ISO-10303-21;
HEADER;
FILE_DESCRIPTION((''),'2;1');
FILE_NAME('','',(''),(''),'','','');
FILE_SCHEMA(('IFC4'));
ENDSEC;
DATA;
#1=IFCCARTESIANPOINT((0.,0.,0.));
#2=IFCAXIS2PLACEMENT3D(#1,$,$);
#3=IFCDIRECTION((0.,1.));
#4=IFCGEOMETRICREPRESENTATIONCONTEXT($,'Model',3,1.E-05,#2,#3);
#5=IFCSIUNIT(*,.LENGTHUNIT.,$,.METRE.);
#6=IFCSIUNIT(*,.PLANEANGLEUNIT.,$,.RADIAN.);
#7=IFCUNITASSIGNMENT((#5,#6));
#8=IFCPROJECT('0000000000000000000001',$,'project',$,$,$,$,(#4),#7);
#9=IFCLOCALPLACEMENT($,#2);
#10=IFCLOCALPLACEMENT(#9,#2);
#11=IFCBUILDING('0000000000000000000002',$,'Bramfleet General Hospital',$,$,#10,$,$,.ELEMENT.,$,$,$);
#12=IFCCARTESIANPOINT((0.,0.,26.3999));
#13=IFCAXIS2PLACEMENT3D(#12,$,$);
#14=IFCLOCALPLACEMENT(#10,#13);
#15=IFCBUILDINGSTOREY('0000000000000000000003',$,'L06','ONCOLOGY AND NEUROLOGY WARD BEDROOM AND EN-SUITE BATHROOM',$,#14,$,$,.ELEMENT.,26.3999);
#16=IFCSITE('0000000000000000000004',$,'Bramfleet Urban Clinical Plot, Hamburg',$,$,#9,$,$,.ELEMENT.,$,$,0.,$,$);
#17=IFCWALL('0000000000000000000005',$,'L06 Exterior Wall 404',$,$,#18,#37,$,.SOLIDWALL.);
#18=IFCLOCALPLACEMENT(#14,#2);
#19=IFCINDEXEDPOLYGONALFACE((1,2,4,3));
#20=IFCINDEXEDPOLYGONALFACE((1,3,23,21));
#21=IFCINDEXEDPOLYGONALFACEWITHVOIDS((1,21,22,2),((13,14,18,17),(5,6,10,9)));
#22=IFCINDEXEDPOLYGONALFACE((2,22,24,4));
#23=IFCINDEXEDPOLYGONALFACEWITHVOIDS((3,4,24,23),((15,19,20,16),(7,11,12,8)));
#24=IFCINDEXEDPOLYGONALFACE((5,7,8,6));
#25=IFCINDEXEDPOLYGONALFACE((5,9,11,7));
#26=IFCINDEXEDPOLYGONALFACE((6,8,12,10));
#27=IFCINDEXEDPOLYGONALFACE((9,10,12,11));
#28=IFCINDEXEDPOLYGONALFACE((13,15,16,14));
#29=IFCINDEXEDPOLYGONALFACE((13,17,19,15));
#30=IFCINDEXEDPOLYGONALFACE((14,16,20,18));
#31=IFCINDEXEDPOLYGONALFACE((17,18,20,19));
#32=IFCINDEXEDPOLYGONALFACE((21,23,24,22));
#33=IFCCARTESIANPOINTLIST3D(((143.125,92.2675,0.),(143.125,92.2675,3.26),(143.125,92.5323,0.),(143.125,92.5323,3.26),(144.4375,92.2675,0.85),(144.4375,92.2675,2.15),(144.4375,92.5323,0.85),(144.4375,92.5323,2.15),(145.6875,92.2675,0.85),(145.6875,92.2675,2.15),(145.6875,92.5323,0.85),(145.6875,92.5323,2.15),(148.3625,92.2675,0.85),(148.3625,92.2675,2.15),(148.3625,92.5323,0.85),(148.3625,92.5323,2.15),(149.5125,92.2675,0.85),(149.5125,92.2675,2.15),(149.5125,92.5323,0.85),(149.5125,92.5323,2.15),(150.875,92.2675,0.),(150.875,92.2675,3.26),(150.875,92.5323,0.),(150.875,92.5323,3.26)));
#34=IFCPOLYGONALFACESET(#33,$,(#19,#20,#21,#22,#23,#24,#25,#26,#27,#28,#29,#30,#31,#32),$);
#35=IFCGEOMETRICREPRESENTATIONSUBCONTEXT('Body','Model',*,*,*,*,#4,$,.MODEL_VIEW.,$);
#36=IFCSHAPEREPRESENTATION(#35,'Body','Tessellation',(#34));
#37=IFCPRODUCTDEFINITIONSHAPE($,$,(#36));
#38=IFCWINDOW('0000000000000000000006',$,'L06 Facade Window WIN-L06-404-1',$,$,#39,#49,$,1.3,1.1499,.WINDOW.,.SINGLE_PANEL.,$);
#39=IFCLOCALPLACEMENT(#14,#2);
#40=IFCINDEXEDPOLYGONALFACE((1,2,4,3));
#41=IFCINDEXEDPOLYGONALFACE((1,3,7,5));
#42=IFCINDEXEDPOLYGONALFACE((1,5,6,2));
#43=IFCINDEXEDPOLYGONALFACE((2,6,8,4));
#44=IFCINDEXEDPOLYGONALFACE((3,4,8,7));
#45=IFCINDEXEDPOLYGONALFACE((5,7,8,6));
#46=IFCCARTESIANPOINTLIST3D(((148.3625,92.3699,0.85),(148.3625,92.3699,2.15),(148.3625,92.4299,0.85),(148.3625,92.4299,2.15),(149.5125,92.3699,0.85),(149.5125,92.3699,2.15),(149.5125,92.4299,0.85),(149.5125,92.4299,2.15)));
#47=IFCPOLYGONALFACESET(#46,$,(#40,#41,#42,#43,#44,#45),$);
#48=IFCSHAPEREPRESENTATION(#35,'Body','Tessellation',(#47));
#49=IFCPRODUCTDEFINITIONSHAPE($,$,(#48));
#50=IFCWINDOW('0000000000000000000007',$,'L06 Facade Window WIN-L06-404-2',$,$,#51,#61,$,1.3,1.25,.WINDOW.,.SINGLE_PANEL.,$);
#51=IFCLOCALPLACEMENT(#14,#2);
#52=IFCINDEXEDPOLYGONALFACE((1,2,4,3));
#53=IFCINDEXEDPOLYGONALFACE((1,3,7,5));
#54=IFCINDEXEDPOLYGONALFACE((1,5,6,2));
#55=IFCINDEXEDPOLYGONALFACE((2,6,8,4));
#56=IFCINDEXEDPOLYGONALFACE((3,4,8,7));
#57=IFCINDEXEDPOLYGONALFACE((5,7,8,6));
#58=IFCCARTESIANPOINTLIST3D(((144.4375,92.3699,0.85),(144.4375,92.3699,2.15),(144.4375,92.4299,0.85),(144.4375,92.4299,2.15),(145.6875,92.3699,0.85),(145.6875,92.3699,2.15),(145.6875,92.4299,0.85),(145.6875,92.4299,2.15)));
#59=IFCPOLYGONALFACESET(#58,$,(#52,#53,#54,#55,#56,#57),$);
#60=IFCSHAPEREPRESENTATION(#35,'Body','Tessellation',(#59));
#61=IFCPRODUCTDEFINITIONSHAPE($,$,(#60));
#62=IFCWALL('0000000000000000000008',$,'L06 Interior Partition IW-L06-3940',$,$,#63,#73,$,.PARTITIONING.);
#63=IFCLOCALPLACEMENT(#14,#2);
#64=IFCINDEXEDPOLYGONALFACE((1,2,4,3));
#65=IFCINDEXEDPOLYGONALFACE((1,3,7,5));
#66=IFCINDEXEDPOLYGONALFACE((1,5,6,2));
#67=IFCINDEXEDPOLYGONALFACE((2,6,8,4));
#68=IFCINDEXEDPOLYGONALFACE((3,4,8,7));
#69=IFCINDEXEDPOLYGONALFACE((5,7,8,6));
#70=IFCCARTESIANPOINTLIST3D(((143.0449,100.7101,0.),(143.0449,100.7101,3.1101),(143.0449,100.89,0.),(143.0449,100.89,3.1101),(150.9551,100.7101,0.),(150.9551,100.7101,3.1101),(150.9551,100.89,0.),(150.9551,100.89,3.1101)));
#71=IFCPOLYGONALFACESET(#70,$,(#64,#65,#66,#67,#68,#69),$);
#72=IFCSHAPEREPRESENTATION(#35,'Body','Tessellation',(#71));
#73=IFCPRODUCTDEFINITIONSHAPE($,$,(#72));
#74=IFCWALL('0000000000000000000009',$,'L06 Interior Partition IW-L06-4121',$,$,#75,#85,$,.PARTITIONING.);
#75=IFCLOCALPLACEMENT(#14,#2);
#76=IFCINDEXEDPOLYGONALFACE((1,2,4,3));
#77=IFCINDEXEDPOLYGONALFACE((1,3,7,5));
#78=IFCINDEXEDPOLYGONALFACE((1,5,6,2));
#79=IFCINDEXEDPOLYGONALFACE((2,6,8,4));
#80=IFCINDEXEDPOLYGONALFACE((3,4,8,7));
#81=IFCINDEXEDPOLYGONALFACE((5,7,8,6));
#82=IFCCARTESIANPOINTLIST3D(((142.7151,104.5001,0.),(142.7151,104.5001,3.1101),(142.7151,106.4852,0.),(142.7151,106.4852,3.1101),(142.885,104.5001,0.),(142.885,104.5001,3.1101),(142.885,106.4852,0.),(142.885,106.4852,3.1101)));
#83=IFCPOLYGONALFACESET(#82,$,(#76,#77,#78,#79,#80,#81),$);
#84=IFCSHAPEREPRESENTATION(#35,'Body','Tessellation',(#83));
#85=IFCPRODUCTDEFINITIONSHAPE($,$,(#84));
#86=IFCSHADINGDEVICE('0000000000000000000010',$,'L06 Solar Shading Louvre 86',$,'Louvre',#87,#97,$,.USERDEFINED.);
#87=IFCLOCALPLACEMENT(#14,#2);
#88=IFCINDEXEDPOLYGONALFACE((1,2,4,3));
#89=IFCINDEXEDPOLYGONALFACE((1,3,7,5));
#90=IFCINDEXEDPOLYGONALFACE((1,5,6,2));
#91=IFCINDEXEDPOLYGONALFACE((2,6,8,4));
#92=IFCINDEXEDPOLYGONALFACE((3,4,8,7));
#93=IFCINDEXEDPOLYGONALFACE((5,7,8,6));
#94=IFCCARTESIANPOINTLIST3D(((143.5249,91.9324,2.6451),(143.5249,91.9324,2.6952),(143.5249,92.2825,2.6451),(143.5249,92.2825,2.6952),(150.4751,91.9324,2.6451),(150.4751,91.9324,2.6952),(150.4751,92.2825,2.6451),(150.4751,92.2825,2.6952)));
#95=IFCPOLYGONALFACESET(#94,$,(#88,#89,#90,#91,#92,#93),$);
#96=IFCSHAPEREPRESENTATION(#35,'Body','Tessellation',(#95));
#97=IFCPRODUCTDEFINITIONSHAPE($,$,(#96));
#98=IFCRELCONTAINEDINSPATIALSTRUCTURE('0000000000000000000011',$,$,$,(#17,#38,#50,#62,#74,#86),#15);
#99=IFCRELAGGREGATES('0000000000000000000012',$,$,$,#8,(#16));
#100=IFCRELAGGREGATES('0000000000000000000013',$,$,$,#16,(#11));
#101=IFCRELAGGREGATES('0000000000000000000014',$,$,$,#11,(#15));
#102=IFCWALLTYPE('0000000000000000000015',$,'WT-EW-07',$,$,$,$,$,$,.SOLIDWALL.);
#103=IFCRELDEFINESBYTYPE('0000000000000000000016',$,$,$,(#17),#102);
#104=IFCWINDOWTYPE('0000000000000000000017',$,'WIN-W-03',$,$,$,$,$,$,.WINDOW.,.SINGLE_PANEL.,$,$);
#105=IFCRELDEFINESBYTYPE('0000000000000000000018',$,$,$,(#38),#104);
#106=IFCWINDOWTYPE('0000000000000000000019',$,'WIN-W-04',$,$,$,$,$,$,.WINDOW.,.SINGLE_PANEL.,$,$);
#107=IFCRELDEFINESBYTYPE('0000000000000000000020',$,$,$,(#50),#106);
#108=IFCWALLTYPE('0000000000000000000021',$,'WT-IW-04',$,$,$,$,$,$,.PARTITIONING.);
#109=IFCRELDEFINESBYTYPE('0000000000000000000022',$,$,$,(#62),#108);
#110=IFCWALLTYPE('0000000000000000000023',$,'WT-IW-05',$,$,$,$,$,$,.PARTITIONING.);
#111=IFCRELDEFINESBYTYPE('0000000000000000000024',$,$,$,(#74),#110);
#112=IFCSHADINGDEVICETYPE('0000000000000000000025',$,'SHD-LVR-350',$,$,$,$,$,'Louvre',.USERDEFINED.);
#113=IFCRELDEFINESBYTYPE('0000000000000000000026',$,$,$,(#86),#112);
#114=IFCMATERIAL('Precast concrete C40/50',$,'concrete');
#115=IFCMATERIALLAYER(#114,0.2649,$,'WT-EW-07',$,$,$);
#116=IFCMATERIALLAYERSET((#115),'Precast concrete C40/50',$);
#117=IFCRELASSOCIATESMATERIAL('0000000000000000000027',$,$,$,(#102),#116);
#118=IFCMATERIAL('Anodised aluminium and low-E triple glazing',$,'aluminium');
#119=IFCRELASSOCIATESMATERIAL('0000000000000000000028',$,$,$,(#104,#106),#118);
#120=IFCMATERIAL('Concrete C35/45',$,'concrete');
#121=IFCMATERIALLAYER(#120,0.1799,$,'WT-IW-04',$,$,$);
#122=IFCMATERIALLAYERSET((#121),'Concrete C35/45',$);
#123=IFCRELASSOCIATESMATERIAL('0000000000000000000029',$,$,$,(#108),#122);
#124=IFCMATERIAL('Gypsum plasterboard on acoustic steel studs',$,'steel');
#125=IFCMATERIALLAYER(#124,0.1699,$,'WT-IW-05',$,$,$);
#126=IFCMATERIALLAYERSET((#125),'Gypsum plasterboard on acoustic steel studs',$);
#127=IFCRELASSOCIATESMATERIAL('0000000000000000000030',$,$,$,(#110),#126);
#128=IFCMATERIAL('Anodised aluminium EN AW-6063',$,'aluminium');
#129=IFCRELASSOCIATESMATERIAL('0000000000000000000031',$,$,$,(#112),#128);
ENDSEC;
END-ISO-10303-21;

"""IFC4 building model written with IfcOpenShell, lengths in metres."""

from ifc_helpers import new_model, si_unit, direction, frame, frame_2d, origin, origin_2d, place, context, subcontext, project, spatial, rectangle, extrude, material, layer, layer_set, material_profile, profile_set, type_object, element, fill, save


model = new_model("IFC4")

# Units and contexts
model_context = context("Model", 3, precision=1e-05, world=origin(), true_north=direction((0.0, 1.0)))
body_context = subcontext(model_context, "Body", "Model", "MODEL_VIEW")
ifc_project = project(units=[si_unit("LENGTHUNIT", "METRE"), si_unit("PLANEANGLEUNIT", "RADIAN")], contexts=[model_context])

# Site, building, storey
site_placement = place(None, origin())
site = spatial("IfcSite", under=ifc_project, at=site_placement, Name="Bramfleet Urban Clinical Plot, Hamburg", CompositionType="ELEMENT", RefElevation=0.0)
building_placement = place(site_placement, origin())
building = spatial("IfcBuilding", under=site, at=building_placement, Name="Bramfleet General Hospital", CompositionType="ELEMENT")
storey_placement = place(building_placement, frame((0.0, 0.0, 26.3999)))
storey = spatial("IfcBuildingStorey", under=building, at=storey_placement, Name="L06", Description="ONCOLOGY AND NEUROLOGY WARD BEDROOM AND EN-SUITE BATHROOM", CompositionType="ELEMENT", Elevation=26.3999)

# Shared definitions
ifc_material_1 = material(Name="Anodised aluminium and low-E triple glazing", Category="aluminium")

# Wall, openings, windows
ifc_material_2 = material(Name="Precast concrete C40/50", Category="concrete")
ifc_layer_1 = layer(ifc_material_2, 0.2649, Name="WT-EW-07")
ifc_layer_set_1 = layer_set([ifc_layer_1], Name="Precast concrete C40/50")
wall_type_1 = type_object("IfcWallType", Name="WT-EW-07", PredefinedType="SOLIDWALL", material=ifc_layer_set_1)
wall_1_placement = place(storey_placement, frame((150.875, 92.3999, 0.0), z_axis=(0.0, 0.0, 1.0), x_axis=(-1.0, 0.0, 0.0)))
wall_1 = element("IfcWall", 1, at=wall_1_placement, inside=storey, type_object=wall_type_1, Name="L06 Exterior Wall 404", PredefinedType="SOLIDWALL", context=body_context, shape_type="SweptSolid", body=[
    extrude(rectangle(XDim=7.75, YDim=0.2649, at=frame_2d((3.875, 0.0))), origin(), (0.0, 0.0, 1.0), 3.26),
])
opening_1_placement = place(wall_1_placement, frame((1.3625, 0.0, 0.8501)))
opening_1 = element("IfcOpeningElement", 2, at=opening_1_placement, cuts=wall_1, PredefinedType="OPENING", context=body_context, shape_type="SweptSolid", body=[
    extrude(rectangle(XDim=1.1499, YDim=1.3, at=frame_2d((0.575, 0.6499))), frame((0.0, 0.1423, 0.0), z_axis=(0.0, -1.0, 0.0), x_axis=(1.0, 0.0, 0.0)), (0.0, 0.0, 1.0), 0.2849),
])
opening_2_placement = place(wall_1_placement, frame((5.1875, 0.0, 0.8501)))
opening_2 = element("IfcOpeningElement", 3, at=opening_2_placement, cuts=wall_1, PredefinedType="OPENING", context=body_context, shape_type="SweptSolid", body=[
    extrude(rectangle(XDim=1.25, YDim=1.3, at=frame_2d((0.625, 0.6499))), frame((0.0, 0.1423, 0.0), z_axis=(0.0, -1.0, 0.0), x_axis=(1.0, 0.0, 0.0)), (0.0, 0.0, 1.0), 0.2849),
])
window_type_1 = type_object("IfcWindowType", Name="WIN-W-03", PartitioningType="SINGLE_PANEL", PredefinedType="WINDOW", material=ifc_material_1)
window_1_placement = place(opening_1_placement, origin())
window_1 = element("IfcWindow", 4, at=window_1_placement, inside=storey, type_object=window_type_1, Name="L06 Facade Window WIN-L06-404-1", OverallHeight=1.3, OverallWidth=1.1499, PartitioningType="SINGLE_PANEL", PredefinedType="WINDOW", context=body_context, shape_type="SweptSolid", body=[
    extrude(rectangle(XDim=1.1499, YDim=1.3, at=frame_2d((0.575, 0.6499))), frame((0.0, 0.03, 0.0), z_axis=(0.0, -1.0, 0.0), x_axis=(1.0, 0.0, 0.0)), (0.0, 0.0, 1.0), 0.0601),
])
fill(opening_1, window_1)
window_type_2 = type_object("IfcWindowType", Name="WIN-W-04", PartitioningType="SINGLE_PANEL", PredefinedType="WINDOW", material=ifc_material_1)
window_2_placement = place(opening_2_placement, origin())
window_2 = element("IfcWindow", 5, at=window_2_placement, inside=storey, type_object=window_type_2, Name="L06 Facade Window WIN-L06-404-2", OverallHeight=1.3, OverallWidth=1.25, PartitioningType="SINGLE_PANEL", PredefinedType="WINDOW", context=body_context, shape_type="SweptSolid", body=[
    extrude(rectangle(XDim=1.25, YDim=1.3, at=frame_2d((0.625, 0.6499))), frame((0.0, 0.03, 0.0), z_axis=(0.0, -1.0, 0.0), x_axis=(1.0, 0.0, 0.0)), (0.0, 0.0, 1.0), 0.0601),
])
fill(opening_2, window_2)

# Walls
ifc_material_3 = material(Name="Concrete C35/45", Category="concrete")
ifc_layer_2 = layer(ifc_material_3, 0.1799, Name="WT-IW-04")
ifc_layer_set_2 = layer_set([ifc_layer_2], Name="Concrete C35/45")
wall_type_2 = type_object("IfcWallType", Name="WT-IW-04", PredefinedType="PARTITIONING", material=ifc_layer_set_2)
wall_2_placement = place(storey_placement, frame((143.0449, 100.8, 0.0), z_axis=(0.0, 0.0, 1.0), x_axis=(1.0, 0.0, 0.0)))
element("IfcWall", 6, at=wall_2_placement, inside=storey, type_object=wall_type_2, Name="L06 Interior Partition IW-L06-3940", PredefinedType="PARTITIONING", context=body_context, shape_type="SweptSolid", body=[
    extrude(rectangle(XDim=7.9102, YDim=0.1799, at=frame_2d((3.9551, 0.0))), origin(), (0.0, 0.0, 1.0), 3.1101),
])
ifc_material_4 = material(Name="Gypsum plasterboard on acoustic steel studs", Category="steel")
ifc_layer_3 = layer(ifc_material_4, 0.1699, Name="WT-IW-05")
ifc_layer_set_3 = layer_set([ifc_layer_3], Name="Gypsum plasterboard on acoustic steel studs")
wall_type_3 = type_object("IfcWallType", Name="WT-IW-05", PredefinedType="PARTITIONING", material=ifc_layer_set_3)
wall_3_placement = place(storey_placement, frame((142.8, 104.5, 0.0), z_axis=(0.0, 0.0, 1.0), x_axis=(0.0, 1.0, 0.0)))
element("IfcWall", 7, at=wall_3_placement, inside=storey, type_object=wall_type_3, Name="L06 Interior Partition IW-L06-4121", PredefinedType="PARTITIONING", context=body_context, shape_type="SweptSolid", body=[
    extrude(rectangle(XDim=1.9851, YDim=0.1699, at=frame_2d((0.9927, 0.0))), origin(), (0.0, 0.0, 1.0), 3.1101),
])

# Shading device
ifc_material_5 = material(Name="Anodised aluminium EN AW-6063", Category="aluminium")
ifc_material_profile_1 = material_profile(ifc_material_5, rectangle(XDim=0.05, YDim=0.3501, at=origin_2d()), Name="ALU LOUVRE 350x50")
ifc_profile_set_1 = profile_set([ifc_material_profile_1], Name="Anodised aluminium EN AW-6063")
shading_device_type = type_object("IfcShadingDeviceType", Name="SHD-LVR-350", ElementType="Louvre", PredefinedType="USERDEFINED", material=ifc_profile_set_1)
shading_device_placement = place(storey_placement, frame((150.4751, 92.1074, 2.6702), z_axis=(-1.0, 0.0, 0.0), x_axis=(0.0, 0.0, 1.0)))
element("IfcShadingDevice", 8, at=shading_device_placement, inside=storey, type_object=shading_device_type, Name="L06 Solar Shading Louvre 86", ObjectType="Louvre", PredefinedType="USERDEFINED", context=body_context, shape_type="SweptSolid", body=[
    extrude(rectangle(XDim=0.05, YDim=0.3501, at=origin_2d()), origin(), (0.0, 0.0, 1.0), 6.9502),
])

save(model, "model.ifc")
